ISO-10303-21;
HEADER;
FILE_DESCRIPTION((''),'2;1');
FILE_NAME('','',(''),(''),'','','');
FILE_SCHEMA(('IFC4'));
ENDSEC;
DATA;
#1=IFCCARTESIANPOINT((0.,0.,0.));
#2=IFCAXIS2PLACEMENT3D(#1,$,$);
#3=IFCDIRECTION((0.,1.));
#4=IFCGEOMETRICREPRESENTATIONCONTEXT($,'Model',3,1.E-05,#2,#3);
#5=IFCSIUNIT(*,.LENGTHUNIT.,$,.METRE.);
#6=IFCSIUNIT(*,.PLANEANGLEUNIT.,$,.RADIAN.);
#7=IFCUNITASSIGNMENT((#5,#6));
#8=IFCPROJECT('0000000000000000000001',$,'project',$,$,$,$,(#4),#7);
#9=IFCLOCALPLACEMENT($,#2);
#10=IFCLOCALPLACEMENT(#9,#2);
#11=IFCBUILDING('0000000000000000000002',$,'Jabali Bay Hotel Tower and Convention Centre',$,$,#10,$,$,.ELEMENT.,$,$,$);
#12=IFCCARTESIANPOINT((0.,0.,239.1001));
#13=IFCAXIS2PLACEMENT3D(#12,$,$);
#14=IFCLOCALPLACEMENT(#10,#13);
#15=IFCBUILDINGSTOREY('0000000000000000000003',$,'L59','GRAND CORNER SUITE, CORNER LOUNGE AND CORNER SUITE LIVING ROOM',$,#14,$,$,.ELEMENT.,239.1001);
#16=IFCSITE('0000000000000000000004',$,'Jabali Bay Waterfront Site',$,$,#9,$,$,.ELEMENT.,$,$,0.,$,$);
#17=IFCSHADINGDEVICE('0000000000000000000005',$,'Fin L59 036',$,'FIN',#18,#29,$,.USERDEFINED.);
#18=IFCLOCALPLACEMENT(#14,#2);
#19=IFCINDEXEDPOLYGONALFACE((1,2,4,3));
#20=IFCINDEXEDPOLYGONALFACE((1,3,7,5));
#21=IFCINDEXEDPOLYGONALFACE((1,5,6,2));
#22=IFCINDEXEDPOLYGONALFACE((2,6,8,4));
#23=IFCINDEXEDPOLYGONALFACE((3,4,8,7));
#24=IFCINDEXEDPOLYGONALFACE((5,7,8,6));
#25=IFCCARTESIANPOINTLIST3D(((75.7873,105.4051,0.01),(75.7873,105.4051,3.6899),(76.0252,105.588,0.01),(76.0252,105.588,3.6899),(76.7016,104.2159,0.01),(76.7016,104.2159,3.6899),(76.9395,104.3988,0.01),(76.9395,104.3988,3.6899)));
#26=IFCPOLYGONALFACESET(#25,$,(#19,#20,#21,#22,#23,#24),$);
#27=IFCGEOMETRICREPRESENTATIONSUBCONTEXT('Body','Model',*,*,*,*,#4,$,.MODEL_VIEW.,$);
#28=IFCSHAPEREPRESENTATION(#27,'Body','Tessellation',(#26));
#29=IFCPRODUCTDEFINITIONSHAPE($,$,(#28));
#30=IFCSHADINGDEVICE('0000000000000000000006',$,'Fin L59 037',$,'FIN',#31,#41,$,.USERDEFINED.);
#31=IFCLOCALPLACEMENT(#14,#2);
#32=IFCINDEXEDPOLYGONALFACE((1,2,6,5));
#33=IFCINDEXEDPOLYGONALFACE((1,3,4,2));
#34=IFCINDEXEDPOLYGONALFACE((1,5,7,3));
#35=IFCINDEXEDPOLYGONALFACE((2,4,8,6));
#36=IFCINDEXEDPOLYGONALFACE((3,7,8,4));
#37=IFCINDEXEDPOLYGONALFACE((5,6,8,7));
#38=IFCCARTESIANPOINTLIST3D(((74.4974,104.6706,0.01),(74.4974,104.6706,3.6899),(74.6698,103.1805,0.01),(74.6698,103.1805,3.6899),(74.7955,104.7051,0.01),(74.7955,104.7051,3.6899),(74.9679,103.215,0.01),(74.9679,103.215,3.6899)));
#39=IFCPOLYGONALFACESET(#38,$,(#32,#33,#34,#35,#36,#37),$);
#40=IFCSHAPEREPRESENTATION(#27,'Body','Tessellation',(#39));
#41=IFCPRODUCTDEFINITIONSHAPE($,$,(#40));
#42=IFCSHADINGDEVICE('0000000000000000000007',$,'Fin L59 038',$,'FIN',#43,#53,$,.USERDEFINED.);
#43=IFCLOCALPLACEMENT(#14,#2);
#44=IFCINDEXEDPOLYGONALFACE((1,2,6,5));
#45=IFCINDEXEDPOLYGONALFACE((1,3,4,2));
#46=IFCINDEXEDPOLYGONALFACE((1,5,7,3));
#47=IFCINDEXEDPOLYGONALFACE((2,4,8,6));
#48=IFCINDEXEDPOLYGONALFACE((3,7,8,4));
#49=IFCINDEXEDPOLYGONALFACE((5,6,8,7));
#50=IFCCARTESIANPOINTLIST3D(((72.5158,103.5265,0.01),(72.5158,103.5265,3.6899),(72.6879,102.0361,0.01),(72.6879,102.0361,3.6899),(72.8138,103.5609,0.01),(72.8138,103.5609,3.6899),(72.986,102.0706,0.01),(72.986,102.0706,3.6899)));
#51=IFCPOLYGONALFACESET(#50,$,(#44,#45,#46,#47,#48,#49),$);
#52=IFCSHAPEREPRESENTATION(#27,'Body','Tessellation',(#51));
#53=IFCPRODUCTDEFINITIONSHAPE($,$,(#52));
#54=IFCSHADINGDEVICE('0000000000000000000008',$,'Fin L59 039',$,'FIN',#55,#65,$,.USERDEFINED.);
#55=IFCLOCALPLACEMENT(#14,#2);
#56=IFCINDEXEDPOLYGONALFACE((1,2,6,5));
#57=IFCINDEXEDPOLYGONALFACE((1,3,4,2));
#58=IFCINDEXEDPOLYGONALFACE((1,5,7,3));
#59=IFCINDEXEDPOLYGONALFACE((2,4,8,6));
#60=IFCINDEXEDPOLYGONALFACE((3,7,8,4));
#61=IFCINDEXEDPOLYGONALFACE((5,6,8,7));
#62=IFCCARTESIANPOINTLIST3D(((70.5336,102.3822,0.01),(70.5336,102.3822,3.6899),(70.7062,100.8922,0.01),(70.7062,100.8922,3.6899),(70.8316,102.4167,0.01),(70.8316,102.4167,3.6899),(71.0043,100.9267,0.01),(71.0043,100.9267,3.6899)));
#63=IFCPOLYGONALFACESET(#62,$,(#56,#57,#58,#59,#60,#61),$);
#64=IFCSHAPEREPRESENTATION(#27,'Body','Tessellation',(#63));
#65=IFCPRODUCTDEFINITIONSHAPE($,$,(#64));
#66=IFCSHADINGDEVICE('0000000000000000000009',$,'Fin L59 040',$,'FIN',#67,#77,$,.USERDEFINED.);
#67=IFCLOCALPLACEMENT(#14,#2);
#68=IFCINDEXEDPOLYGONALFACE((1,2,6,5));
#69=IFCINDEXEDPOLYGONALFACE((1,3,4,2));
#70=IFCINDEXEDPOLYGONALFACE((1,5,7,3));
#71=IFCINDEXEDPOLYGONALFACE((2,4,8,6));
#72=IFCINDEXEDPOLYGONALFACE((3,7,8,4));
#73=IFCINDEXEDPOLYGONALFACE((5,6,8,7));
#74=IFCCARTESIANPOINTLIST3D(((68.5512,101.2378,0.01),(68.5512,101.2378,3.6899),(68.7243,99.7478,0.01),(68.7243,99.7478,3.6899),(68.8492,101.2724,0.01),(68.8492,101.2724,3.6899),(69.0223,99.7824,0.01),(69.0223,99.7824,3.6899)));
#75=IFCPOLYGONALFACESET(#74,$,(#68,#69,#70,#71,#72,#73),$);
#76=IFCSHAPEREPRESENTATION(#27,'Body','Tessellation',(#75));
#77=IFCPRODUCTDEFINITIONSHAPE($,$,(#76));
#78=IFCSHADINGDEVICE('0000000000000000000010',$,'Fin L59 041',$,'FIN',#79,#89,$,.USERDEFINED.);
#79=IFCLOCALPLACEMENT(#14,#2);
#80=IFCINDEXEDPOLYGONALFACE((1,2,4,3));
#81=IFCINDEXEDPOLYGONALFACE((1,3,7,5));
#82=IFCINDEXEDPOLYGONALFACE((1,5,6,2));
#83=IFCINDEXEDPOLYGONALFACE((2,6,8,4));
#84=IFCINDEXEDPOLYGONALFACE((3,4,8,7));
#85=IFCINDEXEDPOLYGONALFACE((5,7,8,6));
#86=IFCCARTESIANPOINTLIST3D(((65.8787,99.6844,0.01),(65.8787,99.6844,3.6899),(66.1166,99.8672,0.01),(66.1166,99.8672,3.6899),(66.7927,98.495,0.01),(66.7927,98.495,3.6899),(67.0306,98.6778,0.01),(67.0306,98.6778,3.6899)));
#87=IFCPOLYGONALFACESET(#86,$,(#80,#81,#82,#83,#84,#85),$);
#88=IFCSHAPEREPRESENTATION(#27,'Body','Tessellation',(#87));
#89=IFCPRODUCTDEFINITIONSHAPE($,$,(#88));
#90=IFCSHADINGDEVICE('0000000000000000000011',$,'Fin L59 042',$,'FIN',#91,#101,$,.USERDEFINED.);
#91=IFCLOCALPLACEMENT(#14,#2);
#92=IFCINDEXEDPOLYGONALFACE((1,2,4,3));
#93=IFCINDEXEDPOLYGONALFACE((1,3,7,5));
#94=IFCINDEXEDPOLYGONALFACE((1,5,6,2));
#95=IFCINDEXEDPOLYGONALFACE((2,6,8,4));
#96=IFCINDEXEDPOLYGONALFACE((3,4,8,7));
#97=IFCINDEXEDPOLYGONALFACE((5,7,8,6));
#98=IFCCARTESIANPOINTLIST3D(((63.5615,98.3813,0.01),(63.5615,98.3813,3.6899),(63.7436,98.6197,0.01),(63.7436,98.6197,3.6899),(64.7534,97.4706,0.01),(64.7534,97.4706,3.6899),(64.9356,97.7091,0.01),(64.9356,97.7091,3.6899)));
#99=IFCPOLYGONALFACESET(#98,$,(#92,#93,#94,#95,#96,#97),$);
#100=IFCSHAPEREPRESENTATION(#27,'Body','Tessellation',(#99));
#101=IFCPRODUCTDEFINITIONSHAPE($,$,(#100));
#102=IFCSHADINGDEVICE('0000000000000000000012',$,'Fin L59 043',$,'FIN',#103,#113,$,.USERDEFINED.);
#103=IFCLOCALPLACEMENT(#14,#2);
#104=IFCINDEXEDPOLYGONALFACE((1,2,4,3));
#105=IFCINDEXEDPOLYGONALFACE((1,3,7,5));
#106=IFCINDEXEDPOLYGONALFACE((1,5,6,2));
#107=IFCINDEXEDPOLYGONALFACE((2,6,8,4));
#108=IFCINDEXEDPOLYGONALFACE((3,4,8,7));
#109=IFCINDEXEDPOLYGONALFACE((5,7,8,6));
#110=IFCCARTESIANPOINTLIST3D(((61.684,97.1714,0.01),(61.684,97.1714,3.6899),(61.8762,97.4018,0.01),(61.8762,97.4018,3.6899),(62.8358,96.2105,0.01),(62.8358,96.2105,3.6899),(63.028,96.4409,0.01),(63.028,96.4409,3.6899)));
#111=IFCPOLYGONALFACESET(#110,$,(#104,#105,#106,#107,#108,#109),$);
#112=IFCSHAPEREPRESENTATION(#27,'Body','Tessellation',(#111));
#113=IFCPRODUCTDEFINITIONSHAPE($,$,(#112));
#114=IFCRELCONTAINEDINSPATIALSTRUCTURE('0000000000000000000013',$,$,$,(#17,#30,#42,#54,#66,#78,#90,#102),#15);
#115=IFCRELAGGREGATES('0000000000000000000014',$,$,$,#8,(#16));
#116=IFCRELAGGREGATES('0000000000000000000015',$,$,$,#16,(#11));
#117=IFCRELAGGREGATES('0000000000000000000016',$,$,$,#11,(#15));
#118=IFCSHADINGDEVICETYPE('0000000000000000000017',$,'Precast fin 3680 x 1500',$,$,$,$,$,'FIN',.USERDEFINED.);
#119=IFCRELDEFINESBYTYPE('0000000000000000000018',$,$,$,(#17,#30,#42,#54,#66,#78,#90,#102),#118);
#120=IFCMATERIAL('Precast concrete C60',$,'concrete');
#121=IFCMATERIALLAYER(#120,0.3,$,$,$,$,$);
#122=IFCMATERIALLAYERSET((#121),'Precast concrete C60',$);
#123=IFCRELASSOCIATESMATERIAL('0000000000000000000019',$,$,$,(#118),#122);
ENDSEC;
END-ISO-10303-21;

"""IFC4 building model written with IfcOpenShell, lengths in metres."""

from ifc_helpers import new_model, si_unit, direction, frame, frame_2d, origin, place, context, subcontext, project, spatial, rectangle, extrude, material, layer, layer_set, type_object, element, save


model = new_model("IFC4")

# Units and contexts
model_context = context("Model", 3, precision=1e-05, world=origin(), true_north=direction((0.0, 1.0)))
body_context = subcontext(model_context, "Body", "Model", "MODEL_VIEW")
ifc_project = project(units=[si_unit("LENGTHUNIT", "METRE"), si_unit("PLANEANGLEUNIT", "RADIAN")], contexts=[model_context])

# Site, building, storey
site_placement = place(None, origin())
site = spatial("IfcSite", under=ifc_project, at=site_placement, Name="Jabali Bay Waterfront Site", CompositionType="ELEMENT", RefElevation=0.0)
building_placement = place(site_placement, origin())
building = spatial("IfcBuilding", under=site, at=building_placement, Name="Jabali Bay Hotel Tower and Convention Centre", CompositionType="ELEMENT")
storey_placement = place(building_placement, frame((0.0, 0.0, 239.1001)))
storey = spatial("IfcBuildingStorey", under=building, at=storey_placement, Name="L59", Description="GRAND CORNER SUITE, CORNER LOUNGE AND CORNER SUITE LIVING ROOM", CompositionType="ELEMENT", Elevation=239.1001)

# Shading devices
ifc_material_1 = material(Name="Precast concrete C60", Category="concrete")
ifc_layer_1 = layer(ifc_material_1, 0.3)
ifc_layer_set_1 = layer_set([ifc_layer_1], Name="Precast concrete C60")
shading_device_type_1 = type_object("IfcShadingDeviceType", Name="Precast fin 3680 x 1500", ElementType="FIN", PredefinedType="USERDEFINED", material=ifc_layer_set_1)
for number, where, z_axis, x_axis, name in (
    (1, (76.8206, 104.3074, 0.01), (0.0, 0.0, 1.0), (-0.609514, 0.792775, 0.0), "Fin L59 036"),
    (2, (74.8188, 103.1978, 0.01), (0.0, 0.0, 1.0), (-0.114914, 0.993375, 0.0), "Fin L59 037"),
):
    element("IfcShadingDevice", number, at=place(storey_placement, frame(where, z_axis=z_axis, x_axis=x_axis)), inside=storey, type_object=shading_device_type_1, Name=name, ObjectType="FIN", PredefinedType="USERDEFINED", context=body_context, shape_type="SweptSolid", body=[
        extrude(rectangle(XDim=1.5, YDim=0.3, at=frame_2d((0.75, 0.0))), origin(), (0.0, 0.0, 1.0), 3.6799),
    ])
shading_device_1_placement = place(storey_placement, frame((72.8369, 102.0535, 0.01), z_axis=(0.0, 0.0, 1.0), x_axis=(-0.114735, 0.993396, 0.0)))
element("IfcShadingDevice", 3, at=shading_device_1_placement, inside=storey, type_object=shading_device_type_1, Name="Fin L59 038", ObjectType="FIN", PredefinedType="USERDEFINED", context=body_context, shape_type="SweptSolid", body=[
    extrude(rectangle(XDim=1.5002, YDim=0.3, at=frame_2d((0.75, 0.0))), origin(), (0.0, 0.0, 1.0), 3.6799),
])
for number, where, z_axis, x_axis, name in (
    (4, (70.8552, 100.9094, 0.01), (0.0, 0.0, 1.0), (-0.115075, 0.993357, 0.0), "Fin L59 039"),
    (5, (68.8733, 99.7651, 0.01), (0.0, 0.0, 1.0), (-0.115396, 0.99332, 0.0), "Fin L59 040"),
    (6, (66.9116, 98.5864, 0.01), (0.0, 0.0, 1.0), (-0.609333, 0.792914, 0.0), "Fin L59 041"),
    (7, (64.8445, 97.5898, 0.01), (0.0, 0.0, 1.0), (-0.794616, 0.607112, 0.0), "Fin L59 042"),
    (8, (62.9319, 96.3257, 0.01), (0.0, 0.0, 1.0), (-0.767874, 0.640601, 0.0), "Fin L59 043"),
):
    element("IfcShadingDevice", number, at=place(storey_placement, frame(where, z_axis=z_axis, x_axis=x_axis)), inside=storey, type_object=shading_device_type_1, Name=name, ObjectType="FIN", PredefinedType="USERDEFINED", context=body_context, shape_type="SweptSolid", body=[
        extrude(rectangle(XDim=1.5, YDim=0.3, at=frame_2d((0.75, 0.0))), origin(), (0.0, 0.0, 1.0), 3.6799),
    ])

save(model, "model.ifc")
